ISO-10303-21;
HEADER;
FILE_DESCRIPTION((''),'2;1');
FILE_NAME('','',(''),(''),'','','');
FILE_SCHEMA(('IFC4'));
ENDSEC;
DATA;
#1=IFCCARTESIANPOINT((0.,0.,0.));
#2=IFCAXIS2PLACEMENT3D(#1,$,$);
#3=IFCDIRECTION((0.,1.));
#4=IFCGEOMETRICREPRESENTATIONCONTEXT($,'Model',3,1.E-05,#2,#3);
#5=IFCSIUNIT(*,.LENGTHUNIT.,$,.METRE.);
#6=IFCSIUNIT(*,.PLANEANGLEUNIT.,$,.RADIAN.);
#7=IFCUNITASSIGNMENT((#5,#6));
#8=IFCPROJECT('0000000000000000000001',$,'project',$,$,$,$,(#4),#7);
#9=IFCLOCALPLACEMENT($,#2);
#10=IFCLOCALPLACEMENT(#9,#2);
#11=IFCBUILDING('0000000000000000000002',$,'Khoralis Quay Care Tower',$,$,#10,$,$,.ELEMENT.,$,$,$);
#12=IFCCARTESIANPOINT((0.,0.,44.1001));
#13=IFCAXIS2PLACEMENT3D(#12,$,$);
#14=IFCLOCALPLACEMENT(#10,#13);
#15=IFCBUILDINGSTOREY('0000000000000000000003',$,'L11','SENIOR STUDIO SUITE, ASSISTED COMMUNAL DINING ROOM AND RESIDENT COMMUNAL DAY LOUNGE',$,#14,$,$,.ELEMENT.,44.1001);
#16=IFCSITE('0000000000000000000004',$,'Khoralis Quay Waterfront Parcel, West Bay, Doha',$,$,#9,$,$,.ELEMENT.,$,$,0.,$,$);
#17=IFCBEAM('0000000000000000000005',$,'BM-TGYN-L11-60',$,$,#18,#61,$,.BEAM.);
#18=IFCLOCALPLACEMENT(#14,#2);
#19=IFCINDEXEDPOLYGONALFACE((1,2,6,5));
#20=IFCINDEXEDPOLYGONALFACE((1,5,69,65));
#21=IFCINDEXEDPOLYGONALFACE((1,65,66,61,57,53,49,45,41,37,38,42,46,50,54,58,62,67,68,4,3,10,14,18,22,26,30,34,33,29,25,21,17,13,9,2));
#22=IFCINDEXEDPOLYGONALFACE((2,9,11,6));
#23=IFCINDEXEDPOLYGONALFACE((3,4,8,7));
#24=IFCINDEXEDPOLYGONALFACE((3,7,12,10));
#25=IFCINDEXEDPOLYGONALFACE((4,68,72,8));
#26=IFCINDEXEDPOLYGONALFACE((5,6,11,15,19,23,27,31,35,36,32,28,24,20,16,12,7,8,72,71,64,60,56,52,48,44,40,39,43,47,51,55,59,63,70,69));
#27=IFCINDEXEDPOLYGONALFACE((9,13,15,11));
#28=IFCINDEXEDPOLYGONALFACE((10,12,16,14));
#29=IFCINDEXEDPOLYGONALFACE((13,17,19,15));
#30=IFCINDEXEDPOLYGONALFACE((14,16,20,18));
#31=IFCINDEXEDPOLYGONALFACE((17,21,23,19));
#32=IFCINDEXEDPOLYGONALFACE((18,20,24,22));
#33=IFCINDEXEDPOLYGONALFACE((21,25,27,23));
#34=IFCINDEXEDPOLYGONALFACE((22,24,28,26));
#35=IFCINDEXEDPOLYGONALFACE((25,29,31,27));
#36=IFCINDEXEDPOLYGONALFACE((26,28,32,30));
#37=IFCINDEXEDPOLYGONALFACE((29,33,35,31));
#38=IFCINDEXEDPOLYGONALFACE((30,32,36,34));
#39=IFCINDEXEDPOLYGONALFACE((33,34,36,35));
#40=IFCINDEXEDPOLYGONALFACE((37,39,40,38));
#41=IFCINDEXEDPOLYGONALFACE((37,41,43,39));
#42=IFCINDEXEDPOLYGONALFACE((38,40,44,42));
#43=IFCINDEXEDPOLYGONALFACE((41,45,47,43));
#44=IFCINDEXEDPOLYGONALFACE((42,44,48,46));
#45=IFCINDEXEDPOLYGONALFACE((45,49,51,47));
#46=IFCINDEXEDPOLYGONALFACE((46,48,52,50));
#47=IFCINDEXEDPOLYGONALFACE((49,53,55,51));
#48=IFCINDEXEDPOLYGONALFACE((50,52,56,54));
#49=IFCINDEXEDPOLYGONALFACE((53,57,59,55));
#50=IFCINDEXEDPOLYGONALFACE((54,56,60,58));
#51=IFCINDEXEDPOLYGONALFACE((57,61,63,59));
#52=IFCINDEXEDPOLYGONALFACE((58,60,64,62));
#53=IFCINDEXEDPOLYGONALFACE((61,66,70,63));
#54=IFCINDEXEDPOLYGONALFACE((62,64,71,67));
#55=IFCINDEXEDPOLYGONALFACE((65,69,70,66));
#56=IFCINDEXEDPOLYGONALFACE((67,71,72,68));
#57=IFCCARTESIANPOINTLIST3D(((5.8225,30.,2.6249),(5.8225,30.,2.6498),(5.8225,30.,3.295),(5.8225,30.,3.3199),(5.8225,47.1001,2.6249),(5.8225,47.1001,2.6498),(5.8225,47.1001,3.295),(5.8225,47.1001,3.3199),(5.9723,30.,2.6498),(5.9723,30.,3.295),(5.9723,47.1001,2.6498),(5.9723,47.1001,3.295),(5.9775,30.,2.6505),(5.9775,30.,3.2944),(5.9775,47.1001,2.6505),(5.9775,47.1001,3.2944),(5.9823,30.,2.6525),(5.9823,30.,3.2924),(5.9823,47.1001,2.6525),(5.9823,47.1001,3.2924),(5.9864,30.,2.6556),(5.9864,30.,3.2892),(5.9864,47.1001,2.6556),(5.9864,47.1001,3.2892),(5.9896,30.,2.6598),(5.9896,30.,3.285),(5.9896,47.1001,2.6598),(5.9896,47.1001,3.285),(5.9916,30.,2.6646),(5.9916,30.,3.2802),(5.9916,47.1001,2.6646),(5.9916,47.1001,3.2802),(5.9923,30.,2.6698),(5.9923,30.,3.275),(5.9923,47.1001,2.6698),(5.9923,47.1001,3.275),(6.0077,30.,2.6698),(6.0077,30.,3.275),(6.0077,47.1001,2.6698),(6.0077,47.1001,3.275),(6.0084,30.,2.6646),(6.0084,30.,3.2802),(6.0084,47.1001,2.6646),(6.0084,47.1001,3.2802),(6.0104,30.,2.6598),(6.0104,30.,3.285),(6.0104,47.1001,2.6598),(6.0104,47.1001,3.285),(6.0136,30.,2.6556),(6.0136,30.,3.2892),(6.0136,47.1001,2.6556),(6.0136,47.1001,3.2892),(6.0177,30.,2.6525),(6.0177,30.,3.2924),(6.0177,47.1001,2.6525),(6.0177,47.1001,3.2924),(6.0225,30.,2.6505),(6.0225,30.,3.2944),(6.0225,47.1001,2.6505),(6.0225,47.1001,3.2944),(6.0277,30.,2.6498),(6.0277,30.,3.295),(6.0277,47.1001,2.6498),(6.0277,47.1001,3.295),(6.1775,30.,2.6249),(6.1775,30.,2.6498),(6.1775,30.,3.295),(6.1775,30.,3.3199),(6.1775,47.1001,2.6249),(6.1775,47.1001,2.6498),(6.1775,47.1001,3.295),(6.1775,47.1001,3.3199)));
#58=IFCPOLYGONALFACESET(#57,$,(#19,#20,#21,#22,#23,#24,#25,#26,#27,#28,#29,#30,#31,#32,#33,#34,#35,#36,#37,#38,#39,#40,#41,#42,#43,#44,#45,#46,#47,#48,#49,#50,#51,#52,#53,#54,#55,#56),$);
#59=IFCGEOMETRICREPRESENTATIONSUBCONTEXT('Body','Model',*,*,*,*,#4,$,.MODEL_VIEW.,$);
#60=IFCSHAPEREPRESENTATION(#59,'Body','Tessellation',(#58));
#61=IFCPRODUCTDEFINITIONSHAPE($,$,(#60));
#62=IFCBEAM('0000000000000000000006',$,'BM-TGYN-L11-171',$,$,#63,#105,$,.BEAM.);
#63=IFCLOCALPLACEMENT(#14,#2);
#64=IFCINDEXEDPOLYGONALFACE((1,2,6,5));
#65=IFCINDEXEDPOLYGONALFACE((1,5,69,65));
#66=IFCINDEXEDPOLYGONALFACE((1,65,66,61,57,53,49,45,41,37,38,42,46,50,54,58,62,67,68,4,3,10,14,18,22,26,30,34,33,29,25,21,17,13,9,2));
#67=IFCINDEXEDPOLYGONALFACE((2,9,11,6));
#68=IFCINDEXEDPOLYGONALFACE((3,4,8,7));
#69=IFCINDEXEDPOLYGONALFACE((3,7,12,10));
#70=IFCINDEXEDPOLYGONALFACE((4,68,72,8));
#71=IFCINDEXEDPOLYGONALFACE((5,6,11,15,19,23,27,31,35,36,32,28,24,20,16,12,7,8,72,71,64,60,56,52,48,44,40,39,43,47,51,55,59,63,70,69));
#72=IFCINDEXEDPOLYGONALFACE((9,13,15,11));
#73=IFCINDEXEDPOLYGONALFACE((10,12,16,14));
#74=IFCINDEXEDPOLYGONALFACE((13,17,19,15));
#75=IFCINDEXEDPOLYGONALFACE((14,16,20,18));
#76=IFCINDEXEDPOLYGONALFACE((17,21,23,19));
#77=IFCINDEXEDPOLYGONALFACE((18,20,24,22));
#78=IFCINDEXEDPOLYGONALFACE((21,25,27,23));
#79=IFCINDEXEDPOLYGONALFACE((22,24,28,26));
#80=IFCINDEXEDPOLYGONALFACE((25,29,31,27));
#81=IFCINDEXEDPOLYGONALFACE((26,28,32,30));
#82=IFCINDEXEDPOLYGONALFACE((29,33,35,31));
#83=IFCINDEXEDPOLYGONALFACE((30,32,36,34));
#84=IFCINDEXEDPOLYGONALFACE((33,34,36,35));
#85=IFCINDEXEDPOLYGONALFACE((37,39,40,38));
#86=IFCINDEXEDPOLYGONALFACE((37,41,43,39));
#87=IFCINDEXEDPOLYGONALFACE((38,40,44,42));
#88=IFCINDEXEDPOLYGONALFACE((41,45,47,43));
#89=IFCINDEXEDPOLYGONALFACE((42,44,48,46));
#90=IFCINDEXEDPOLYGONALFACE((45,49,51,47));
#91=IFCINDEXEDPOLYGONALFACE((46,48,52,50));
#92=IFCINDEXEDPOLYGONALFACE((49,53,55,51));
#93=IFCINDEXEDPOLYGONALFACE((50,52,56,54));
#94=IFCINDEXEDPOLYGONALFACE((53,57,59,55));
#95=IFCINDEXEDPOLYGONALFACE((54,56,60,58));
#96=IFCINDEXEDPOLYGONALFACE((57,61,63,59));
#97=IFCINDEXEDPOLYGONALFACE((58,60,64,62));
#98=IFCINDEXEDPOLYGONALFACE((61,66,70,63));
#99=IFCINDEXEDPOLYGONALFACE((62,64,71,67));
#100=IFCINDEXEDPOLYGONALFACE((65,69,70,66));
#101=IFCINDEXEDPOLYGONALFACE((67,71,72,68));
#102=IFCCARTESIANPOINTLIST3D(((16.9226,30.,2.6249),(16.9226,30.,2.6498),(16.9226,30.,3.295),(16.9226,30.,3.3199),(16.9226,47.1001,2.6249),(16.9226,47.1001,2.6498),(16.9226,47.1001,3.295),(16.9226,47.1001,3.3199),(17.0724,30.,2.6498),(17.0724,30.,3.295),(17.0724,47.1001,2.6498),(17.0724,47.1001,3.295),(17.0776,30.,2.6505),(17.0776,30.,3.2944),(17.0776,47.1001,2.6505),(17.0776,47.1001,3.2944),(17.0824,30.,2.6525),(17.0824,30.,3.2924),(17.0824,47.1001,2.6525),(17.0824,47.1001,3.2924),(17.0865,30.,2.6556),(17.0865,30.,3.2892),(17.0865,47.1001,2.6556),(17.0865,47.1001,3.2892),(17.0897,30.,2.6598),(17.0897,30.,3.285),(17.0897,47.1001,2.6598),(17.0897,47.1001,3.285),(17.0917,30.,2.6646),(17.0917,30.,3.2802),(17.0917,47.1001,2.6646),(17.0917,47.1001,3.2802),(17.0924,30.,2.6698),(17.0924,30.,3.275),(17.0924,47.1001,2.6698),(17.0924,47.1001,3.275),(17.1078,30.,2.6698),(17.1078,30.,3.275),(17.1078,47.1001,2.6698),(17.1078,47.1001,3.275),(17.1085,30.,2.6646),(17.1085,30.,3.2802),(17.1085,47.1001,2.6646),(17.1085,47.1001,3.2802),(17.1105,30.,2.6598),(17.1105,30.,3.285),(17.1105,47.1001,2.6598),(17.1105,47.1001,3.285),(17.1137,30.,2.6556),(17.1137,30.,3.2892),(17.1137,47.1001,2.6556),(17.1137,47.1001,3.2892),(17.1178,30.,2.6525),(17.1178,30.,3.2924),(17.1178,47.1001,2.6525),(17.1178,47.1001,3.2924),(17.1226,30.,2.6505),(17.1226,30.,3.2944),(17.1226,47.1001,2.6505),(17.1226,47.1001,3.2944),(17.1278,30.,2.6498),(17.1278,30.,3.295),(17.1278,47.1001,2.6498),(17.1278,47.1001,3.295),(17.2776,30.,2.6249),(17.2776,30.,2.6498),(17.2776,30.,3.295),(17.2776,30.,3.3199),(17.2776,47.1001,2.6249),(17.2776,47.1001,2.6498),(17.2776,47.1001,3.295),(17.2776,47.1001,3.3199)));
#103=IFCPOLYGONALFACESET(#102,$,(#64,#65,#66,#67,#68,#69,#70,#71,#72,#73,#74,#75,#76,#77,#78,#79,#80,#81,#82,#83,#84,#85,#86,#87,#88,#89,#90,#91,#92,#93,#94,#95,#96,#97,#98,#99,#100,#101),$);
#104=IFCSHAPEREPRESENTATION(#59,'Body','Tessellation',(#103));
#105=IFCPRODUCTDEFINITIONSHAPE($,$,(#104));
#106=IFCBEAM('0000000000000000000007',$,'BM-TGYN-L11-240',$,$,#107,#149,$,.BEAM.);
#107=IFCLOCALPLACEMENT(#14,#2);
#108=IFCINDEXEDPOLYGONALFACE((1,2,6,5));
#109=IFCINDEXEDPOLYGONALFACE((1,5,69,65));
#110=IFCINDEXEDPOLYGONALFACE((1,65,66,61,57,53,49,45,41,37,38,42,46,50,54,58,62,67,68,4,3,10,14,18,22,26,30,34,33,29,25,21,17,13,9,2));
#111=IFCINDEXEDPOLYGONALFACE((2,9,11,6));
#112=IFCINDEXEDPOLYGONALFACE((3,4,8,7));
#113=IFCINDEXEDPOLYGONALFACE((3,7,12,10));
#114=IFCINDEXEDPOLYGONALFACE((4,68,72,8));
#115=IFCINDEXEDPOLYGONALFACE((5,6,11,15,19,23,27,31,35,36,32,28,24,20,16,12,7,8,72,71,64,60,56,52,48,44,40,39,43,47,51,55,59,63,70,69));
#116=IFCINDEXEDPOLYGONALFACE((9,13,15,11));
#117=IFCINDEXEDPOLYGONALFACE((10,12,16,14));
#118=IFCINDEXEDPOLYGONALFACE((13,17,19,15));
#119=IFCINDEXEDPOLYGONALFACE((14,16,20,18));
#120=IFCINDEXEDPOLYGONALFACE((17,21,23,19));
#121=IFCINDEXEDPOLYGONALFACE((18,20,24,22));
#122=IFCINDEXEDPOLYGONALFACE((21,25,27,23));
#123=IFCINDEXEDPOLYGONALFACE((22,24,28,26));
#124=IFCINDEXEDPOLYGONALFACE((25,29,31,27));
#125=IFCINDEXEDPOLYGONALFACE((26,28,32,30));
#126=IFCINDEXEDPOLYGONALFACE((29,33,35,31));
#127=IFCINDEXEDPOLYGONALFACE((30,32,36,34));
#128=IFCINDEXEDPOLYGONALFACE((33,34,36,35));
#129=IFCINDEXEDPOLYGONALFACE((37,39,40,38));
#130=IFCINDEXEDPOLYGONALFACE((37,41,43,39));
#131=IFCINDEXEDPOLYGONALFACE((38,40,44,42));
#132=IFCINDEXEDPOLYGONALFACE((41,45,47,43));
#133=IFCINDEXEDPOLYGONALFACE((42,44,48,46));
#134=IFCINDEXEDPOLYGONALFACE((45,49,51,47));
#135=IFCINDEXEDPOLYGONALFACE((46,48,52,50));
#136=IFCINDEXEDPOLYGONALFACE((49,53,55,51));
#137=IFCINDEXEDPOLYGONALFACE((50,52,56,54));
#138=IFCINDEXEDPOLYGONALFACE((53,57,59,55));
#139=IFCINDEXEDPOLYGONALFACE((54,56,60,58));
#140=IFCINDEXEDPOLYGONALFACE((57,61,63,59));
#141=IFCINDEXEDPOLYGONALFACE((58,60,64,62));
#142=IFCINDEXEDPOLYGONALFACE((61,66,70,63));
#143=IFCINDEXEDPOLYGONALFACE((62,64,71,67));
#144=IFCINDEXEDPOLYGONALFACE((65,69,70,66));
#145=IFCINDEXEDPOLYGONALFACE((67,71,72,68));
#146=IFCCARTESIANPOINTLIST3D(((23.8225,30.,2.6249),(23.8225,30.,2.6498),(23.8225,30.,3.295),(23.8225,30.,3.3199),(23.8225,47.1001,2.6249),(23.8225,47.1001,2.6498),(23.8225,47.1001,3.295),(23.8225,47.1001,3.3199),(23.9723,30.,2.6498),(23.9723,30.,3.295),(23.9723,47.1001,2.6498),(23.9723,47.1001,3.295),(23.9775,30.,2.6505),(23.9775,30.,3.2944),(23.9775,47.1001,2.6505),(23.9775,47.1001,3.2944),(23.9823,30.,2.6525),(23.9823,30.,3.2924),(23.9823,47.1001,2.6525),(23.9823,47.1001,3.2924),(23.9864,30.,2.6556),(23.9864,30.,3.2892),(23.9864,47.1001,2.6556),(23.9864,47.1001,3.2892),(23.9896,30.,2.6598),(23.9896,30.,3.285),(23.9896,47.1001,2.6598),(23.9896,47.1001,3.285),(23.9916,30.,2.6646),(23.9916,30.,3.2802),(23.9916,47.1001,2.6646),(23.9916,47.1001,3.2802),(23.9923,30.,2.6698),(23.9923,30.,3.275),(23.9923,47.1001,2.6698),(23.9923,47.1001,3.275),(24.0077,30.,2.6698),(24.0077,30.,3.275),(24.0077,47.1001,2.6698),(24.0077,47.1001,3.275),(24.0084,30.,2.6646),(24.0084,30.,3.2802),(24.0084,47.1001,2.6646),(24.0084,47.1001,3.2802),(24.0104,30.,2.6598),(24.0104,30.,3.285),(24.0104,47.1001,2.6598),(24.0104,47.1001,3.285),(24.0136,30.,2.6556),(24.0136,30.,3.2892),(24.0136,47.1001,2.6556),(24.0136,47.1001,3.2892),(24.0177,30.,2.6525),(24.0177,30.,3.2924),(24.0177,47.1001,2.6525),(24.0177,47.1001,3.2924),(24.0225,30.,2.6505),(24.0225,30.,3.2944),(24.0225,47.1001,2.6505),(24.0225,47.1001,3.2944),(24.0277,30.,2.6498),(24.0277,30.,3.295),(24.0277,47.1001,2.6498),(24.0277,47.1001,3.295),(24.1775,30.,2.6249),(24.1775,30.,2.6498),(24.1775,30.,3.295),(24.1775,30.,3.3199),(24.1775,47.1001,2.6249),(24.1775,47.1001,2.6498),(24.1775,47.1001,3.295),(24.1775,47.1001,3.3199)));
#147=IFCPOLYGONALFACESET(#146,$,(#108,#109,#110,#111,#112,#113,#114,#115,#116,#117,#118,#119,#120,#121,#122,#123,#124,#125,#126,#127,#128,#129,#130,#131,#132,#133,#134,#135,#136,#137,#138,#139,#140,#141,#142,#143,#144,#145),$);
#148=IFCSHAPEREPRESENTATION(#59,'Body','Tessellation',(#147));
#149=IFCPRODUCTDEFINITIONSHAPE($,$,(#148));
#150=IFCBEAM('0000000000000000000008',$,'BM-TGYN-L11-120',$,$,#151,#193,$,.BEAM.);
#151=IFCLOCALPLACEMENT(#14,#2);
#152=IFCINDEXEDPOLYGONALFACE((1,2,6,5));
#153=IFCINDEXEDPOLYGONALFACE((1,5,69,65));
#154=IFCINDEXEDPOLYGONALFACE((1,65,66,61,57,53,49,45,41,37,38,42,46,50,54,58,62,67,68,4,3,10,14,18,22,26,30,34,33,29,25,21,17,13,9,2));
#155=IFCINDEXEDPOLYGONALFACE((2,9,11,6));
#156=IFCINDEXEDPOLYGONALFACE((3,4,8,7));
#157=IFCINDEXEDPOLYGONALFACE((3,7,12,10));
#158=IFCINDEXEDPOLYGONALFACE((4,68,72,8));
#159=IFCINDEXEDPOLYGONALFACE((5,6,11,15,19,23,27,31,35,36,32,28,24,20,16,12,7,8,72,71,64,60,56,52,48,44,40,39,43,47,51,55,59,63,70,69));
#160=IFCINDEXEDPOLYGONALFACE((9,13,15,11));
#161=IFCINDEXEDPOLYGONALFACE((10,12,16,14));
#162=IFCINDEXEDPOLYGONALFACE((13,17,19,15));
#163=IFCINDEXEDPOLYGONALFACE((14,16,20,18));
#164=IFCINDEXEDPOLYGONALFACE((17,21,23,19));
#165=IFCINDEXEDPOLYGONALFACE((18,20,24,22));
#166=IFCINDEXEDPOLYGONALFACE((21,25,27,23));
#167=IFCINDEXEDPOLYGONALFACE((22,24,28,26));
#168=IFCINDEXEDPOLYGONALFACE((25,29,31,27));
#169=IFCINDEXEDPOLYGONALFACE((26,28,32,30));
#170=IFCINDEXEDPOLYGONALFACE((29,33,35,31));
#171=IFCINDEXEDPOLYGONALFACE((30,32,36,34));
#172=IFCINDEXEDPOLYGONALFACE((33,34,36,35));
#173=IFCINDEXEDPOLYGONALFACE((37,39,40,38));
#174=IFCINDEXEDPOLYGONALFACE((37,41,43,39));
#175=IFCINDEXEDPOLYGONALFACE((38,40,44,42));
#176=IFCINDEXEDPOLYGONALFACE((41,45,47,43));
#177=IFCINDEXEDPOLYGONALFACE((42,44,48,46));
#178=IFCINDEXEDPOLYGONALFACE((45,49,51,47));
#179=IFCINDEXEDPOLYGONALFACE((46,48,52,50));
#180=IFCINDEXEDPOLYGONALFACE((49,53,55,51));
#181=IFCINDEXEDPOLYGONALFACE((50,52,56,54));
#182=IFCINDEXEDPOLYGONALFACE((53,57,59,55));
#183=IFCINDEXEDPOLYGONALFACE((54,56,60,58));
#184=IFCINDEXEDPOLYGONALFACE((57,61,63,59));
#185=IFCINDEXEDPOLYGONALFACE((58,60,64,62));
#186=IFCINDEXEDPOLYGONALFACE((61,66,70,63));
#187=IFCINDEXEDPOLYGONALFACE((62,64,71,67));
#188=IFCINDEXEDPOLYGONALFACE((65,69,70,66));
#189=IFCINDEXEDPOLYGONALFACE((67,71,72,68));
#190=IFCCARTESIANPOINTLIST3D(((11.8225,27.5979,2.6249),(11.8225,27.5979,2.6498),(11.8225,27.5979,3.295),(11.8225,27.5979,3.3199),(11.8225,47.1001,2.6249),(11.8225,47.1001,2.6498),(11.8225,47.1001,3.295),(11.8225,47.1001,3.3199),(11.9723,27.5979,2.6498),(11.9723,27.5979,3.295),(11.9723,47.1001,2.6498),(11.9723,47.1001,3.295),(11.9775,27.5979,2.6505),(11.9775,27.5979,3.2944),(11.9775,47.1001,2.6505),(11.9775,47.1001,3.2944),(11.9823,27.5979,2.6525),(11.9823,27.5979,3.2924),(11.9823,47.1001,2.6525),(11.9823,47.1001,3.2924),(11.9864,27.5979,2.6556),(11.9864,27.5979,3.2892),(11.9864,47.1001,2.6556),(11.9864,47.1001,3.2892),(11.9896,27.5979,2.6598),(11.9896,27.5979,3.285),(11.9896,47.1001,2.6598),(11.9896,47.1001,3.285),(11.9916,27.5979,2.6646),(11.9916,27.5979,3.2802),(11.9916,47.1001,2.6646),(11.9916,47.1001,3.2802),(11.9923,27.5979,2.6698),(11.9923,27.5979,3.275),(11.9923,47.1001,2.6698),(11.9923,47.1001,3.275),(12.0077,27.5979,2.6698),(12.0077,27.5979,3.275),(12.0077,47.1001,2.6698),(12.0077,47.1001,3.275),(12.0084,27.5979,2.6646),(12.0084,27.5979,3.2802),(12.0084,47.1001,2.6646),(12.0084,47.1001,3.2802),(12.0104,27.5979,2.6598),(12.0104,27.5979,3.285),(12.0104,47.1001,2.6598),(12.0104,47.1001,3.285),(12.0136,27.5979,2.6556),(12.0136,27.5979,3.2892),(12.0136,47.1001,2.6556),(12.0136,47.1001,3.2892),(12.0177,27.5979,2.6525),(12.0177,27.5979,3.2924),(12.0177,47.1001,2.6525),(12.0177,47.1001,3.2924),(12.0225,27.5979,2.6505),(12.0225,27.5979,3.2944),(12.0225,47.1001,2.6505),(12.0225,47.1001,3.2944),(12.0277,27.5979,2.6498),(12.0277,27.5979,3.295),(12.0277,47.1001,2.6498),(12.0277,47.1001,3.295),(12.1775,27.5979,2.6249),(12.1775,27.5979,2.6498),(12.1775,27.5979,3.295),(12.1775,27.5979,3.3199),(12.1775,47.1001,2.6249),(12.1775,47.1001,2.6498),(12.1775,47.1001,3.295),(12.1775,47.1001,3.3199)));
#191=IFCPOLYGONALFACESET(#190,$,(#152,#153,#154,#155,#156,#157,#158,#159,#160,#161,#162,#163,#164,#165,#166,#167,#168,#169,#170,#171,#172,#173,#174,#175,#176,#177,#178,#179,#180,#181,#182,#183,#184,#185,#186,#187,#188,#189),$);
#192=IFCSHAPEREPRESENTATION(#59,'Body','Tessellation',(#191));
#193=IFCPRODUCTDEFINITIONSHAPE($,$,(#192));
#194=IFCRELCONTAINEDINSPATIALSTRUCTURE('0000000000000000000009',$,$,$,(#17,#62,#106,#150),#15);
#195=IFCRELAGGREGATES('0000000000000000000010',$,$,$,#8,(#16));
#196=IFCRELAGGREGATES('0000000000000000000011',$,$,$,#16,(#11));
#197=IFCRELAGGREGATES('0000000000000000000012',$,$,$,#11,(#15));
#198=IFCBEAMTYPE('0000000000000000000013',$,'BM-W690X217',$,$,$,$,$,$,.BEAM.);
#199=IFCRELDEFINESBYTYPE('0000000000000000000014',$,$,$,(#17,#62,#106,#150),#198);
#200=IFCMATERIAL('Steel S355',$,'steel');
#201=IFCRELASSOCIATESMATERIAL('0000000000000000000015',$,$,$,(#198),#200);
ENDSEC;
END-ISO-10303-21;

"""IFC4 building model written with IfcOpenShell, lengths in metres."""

from ifc_helpers import new_model, si_unit, direction, frame, origin, origin_2d, place, context, subcontext, project, spatial, i_section, extrude, source, transform, mapped, material, material_profile, profile_set, type_object, element, save


model = new_model("IFC4")

# Units and contexts
model_context = context("Model", 3, precision=1e-05, world=origin(), true_north=direction((0.0, 1.0)))
body_context = subcontext(model_context, "Body", "Model", "MODEL_VIEW")
ifc_project = project(units=[si_unit("LENGTHUNIT", "METRE"), si_unit("PLANEANGLEUNIT", "RADIAN")], contexts=[model_context])

# Site, building, storey
site_placement = place(None, origin())
site = spatial("IfcSite", under=ifc_project, at=site_placement, Name="Khoralis Quay Waterfront Parcel, West Bay, Doha", CompositionType="ELEMENT", RefElevation=0.0)
building_placement = place(site_placement, origin())
building = spatial("IfcBuilding", under=site, at=building_placement, Name="Khoralis Quay Care Tower", CompositionType="ELEMENT")
storey_placement = place(building_placement, frame((0.0, 0.0, 44.1001)))
storey = spatial("IfcBuildingStorey", under=building, at=storey_placement, Name="L11", Description="SENIOR STUDIO SUITE, ASSISTED COMMUNAL DINING ROOM AND RESIDENT COMMUNAL DAY LOUNGE", CompositionType="ELEMENT", Elevation=44.1001)

# Beams
ifc_material_1 = material(Name="Steel S355", Category="steel")
ifc_material_profile_1 = material_profile(ifc_material_1, i_section(OverallWidth=0.355, OverallDepth=0.6951, WebThickness=0.0154, FlangeThickness=0.0249, FilletRadius=0.02, at=origin_2d()), Name="Steel S355")
ifc_profile_set_1 = profile_set([ifc_material_profile_1], Name="Steel S355")
beam_type_1 = type_object("IfcBeamType", Name="BM-W690X217", PredefinedType="BEAM", material=ifc_profile_set_1)
shared_shape_1 = source(origin(), body_context, "Body", "SweptSolid", [
    extrude(i_section(OverallWidth=0.355, OverallDepth=0.6951, WebThickness=0.0154, FlangeThickness=0.0249, FilletRadius=0.02, at=origin_2d()), origin(), (0.0, 0.0, 1.0), 17.1001),
])
for number, where, z_axis, x_axis, name in (
    (1, (6.0, 30.0, 2.9724), (0.0, 1.0, 0.0), (-1.0, 0.0, 0.0), "BM-TGYN-L11-60"),
    (2, (17.1001, 30.0, 2.9724), (0.0, 1.0, 0.0), (-1.0, 0.0, 0.0), "BM-TGYN-L11-171"),
    (3, (24.0, 30.0, 2.9724), (0.0, 1.0, 0.0), (-1.0, 0.0, 0.0), "BM-TGYN-L11-240"),
):
    element("IfcBeam", number, at=place(storey_placement, frame(where, z_axis=z_axis, x_axis=x_axis)), inside=storey, type_object=beam_type_1, Name=name, PredefinedType="BEAM", context=body_context, shape_type="MappedRepresentation", body=[
        mapped(shared_shape_1, transform((0.0, 0.0, 0.0), scale=1.0)),
    ])
shared_shape_2 = source(origin(), body_context, "Body", "SweptSolid", [
    extrude(i_section(OverallWidth=0.355, OverallDepth=0.6951, WebThickness=0.0154, FlangeThickness=0.0249, FilletRadius=0.02, at=origin_2d()), origin(), (0.0, 0.0, 1.0), 19.5022),
])
beam_1_placement = place(storey_placement, frame((12.0, 27.5979, 2.9724), z_axis=(0.0, 1.0, 0.0), x_axis=(-1.0, 0.0, 0.0)))
element("IfcBeam", 4, at=beam_1_placement, inside=storey, type_object=beam_type_1, Name="BM-TGYN-L11-120", PredefinedType="BEAM", context=body_context, shape_type="MappedRepresentation", body=[
    mapped(shared_shape_2, transform((0.0, 0.0, 0.0), scale=1.0)),
])

save(model, "model.ifc")
